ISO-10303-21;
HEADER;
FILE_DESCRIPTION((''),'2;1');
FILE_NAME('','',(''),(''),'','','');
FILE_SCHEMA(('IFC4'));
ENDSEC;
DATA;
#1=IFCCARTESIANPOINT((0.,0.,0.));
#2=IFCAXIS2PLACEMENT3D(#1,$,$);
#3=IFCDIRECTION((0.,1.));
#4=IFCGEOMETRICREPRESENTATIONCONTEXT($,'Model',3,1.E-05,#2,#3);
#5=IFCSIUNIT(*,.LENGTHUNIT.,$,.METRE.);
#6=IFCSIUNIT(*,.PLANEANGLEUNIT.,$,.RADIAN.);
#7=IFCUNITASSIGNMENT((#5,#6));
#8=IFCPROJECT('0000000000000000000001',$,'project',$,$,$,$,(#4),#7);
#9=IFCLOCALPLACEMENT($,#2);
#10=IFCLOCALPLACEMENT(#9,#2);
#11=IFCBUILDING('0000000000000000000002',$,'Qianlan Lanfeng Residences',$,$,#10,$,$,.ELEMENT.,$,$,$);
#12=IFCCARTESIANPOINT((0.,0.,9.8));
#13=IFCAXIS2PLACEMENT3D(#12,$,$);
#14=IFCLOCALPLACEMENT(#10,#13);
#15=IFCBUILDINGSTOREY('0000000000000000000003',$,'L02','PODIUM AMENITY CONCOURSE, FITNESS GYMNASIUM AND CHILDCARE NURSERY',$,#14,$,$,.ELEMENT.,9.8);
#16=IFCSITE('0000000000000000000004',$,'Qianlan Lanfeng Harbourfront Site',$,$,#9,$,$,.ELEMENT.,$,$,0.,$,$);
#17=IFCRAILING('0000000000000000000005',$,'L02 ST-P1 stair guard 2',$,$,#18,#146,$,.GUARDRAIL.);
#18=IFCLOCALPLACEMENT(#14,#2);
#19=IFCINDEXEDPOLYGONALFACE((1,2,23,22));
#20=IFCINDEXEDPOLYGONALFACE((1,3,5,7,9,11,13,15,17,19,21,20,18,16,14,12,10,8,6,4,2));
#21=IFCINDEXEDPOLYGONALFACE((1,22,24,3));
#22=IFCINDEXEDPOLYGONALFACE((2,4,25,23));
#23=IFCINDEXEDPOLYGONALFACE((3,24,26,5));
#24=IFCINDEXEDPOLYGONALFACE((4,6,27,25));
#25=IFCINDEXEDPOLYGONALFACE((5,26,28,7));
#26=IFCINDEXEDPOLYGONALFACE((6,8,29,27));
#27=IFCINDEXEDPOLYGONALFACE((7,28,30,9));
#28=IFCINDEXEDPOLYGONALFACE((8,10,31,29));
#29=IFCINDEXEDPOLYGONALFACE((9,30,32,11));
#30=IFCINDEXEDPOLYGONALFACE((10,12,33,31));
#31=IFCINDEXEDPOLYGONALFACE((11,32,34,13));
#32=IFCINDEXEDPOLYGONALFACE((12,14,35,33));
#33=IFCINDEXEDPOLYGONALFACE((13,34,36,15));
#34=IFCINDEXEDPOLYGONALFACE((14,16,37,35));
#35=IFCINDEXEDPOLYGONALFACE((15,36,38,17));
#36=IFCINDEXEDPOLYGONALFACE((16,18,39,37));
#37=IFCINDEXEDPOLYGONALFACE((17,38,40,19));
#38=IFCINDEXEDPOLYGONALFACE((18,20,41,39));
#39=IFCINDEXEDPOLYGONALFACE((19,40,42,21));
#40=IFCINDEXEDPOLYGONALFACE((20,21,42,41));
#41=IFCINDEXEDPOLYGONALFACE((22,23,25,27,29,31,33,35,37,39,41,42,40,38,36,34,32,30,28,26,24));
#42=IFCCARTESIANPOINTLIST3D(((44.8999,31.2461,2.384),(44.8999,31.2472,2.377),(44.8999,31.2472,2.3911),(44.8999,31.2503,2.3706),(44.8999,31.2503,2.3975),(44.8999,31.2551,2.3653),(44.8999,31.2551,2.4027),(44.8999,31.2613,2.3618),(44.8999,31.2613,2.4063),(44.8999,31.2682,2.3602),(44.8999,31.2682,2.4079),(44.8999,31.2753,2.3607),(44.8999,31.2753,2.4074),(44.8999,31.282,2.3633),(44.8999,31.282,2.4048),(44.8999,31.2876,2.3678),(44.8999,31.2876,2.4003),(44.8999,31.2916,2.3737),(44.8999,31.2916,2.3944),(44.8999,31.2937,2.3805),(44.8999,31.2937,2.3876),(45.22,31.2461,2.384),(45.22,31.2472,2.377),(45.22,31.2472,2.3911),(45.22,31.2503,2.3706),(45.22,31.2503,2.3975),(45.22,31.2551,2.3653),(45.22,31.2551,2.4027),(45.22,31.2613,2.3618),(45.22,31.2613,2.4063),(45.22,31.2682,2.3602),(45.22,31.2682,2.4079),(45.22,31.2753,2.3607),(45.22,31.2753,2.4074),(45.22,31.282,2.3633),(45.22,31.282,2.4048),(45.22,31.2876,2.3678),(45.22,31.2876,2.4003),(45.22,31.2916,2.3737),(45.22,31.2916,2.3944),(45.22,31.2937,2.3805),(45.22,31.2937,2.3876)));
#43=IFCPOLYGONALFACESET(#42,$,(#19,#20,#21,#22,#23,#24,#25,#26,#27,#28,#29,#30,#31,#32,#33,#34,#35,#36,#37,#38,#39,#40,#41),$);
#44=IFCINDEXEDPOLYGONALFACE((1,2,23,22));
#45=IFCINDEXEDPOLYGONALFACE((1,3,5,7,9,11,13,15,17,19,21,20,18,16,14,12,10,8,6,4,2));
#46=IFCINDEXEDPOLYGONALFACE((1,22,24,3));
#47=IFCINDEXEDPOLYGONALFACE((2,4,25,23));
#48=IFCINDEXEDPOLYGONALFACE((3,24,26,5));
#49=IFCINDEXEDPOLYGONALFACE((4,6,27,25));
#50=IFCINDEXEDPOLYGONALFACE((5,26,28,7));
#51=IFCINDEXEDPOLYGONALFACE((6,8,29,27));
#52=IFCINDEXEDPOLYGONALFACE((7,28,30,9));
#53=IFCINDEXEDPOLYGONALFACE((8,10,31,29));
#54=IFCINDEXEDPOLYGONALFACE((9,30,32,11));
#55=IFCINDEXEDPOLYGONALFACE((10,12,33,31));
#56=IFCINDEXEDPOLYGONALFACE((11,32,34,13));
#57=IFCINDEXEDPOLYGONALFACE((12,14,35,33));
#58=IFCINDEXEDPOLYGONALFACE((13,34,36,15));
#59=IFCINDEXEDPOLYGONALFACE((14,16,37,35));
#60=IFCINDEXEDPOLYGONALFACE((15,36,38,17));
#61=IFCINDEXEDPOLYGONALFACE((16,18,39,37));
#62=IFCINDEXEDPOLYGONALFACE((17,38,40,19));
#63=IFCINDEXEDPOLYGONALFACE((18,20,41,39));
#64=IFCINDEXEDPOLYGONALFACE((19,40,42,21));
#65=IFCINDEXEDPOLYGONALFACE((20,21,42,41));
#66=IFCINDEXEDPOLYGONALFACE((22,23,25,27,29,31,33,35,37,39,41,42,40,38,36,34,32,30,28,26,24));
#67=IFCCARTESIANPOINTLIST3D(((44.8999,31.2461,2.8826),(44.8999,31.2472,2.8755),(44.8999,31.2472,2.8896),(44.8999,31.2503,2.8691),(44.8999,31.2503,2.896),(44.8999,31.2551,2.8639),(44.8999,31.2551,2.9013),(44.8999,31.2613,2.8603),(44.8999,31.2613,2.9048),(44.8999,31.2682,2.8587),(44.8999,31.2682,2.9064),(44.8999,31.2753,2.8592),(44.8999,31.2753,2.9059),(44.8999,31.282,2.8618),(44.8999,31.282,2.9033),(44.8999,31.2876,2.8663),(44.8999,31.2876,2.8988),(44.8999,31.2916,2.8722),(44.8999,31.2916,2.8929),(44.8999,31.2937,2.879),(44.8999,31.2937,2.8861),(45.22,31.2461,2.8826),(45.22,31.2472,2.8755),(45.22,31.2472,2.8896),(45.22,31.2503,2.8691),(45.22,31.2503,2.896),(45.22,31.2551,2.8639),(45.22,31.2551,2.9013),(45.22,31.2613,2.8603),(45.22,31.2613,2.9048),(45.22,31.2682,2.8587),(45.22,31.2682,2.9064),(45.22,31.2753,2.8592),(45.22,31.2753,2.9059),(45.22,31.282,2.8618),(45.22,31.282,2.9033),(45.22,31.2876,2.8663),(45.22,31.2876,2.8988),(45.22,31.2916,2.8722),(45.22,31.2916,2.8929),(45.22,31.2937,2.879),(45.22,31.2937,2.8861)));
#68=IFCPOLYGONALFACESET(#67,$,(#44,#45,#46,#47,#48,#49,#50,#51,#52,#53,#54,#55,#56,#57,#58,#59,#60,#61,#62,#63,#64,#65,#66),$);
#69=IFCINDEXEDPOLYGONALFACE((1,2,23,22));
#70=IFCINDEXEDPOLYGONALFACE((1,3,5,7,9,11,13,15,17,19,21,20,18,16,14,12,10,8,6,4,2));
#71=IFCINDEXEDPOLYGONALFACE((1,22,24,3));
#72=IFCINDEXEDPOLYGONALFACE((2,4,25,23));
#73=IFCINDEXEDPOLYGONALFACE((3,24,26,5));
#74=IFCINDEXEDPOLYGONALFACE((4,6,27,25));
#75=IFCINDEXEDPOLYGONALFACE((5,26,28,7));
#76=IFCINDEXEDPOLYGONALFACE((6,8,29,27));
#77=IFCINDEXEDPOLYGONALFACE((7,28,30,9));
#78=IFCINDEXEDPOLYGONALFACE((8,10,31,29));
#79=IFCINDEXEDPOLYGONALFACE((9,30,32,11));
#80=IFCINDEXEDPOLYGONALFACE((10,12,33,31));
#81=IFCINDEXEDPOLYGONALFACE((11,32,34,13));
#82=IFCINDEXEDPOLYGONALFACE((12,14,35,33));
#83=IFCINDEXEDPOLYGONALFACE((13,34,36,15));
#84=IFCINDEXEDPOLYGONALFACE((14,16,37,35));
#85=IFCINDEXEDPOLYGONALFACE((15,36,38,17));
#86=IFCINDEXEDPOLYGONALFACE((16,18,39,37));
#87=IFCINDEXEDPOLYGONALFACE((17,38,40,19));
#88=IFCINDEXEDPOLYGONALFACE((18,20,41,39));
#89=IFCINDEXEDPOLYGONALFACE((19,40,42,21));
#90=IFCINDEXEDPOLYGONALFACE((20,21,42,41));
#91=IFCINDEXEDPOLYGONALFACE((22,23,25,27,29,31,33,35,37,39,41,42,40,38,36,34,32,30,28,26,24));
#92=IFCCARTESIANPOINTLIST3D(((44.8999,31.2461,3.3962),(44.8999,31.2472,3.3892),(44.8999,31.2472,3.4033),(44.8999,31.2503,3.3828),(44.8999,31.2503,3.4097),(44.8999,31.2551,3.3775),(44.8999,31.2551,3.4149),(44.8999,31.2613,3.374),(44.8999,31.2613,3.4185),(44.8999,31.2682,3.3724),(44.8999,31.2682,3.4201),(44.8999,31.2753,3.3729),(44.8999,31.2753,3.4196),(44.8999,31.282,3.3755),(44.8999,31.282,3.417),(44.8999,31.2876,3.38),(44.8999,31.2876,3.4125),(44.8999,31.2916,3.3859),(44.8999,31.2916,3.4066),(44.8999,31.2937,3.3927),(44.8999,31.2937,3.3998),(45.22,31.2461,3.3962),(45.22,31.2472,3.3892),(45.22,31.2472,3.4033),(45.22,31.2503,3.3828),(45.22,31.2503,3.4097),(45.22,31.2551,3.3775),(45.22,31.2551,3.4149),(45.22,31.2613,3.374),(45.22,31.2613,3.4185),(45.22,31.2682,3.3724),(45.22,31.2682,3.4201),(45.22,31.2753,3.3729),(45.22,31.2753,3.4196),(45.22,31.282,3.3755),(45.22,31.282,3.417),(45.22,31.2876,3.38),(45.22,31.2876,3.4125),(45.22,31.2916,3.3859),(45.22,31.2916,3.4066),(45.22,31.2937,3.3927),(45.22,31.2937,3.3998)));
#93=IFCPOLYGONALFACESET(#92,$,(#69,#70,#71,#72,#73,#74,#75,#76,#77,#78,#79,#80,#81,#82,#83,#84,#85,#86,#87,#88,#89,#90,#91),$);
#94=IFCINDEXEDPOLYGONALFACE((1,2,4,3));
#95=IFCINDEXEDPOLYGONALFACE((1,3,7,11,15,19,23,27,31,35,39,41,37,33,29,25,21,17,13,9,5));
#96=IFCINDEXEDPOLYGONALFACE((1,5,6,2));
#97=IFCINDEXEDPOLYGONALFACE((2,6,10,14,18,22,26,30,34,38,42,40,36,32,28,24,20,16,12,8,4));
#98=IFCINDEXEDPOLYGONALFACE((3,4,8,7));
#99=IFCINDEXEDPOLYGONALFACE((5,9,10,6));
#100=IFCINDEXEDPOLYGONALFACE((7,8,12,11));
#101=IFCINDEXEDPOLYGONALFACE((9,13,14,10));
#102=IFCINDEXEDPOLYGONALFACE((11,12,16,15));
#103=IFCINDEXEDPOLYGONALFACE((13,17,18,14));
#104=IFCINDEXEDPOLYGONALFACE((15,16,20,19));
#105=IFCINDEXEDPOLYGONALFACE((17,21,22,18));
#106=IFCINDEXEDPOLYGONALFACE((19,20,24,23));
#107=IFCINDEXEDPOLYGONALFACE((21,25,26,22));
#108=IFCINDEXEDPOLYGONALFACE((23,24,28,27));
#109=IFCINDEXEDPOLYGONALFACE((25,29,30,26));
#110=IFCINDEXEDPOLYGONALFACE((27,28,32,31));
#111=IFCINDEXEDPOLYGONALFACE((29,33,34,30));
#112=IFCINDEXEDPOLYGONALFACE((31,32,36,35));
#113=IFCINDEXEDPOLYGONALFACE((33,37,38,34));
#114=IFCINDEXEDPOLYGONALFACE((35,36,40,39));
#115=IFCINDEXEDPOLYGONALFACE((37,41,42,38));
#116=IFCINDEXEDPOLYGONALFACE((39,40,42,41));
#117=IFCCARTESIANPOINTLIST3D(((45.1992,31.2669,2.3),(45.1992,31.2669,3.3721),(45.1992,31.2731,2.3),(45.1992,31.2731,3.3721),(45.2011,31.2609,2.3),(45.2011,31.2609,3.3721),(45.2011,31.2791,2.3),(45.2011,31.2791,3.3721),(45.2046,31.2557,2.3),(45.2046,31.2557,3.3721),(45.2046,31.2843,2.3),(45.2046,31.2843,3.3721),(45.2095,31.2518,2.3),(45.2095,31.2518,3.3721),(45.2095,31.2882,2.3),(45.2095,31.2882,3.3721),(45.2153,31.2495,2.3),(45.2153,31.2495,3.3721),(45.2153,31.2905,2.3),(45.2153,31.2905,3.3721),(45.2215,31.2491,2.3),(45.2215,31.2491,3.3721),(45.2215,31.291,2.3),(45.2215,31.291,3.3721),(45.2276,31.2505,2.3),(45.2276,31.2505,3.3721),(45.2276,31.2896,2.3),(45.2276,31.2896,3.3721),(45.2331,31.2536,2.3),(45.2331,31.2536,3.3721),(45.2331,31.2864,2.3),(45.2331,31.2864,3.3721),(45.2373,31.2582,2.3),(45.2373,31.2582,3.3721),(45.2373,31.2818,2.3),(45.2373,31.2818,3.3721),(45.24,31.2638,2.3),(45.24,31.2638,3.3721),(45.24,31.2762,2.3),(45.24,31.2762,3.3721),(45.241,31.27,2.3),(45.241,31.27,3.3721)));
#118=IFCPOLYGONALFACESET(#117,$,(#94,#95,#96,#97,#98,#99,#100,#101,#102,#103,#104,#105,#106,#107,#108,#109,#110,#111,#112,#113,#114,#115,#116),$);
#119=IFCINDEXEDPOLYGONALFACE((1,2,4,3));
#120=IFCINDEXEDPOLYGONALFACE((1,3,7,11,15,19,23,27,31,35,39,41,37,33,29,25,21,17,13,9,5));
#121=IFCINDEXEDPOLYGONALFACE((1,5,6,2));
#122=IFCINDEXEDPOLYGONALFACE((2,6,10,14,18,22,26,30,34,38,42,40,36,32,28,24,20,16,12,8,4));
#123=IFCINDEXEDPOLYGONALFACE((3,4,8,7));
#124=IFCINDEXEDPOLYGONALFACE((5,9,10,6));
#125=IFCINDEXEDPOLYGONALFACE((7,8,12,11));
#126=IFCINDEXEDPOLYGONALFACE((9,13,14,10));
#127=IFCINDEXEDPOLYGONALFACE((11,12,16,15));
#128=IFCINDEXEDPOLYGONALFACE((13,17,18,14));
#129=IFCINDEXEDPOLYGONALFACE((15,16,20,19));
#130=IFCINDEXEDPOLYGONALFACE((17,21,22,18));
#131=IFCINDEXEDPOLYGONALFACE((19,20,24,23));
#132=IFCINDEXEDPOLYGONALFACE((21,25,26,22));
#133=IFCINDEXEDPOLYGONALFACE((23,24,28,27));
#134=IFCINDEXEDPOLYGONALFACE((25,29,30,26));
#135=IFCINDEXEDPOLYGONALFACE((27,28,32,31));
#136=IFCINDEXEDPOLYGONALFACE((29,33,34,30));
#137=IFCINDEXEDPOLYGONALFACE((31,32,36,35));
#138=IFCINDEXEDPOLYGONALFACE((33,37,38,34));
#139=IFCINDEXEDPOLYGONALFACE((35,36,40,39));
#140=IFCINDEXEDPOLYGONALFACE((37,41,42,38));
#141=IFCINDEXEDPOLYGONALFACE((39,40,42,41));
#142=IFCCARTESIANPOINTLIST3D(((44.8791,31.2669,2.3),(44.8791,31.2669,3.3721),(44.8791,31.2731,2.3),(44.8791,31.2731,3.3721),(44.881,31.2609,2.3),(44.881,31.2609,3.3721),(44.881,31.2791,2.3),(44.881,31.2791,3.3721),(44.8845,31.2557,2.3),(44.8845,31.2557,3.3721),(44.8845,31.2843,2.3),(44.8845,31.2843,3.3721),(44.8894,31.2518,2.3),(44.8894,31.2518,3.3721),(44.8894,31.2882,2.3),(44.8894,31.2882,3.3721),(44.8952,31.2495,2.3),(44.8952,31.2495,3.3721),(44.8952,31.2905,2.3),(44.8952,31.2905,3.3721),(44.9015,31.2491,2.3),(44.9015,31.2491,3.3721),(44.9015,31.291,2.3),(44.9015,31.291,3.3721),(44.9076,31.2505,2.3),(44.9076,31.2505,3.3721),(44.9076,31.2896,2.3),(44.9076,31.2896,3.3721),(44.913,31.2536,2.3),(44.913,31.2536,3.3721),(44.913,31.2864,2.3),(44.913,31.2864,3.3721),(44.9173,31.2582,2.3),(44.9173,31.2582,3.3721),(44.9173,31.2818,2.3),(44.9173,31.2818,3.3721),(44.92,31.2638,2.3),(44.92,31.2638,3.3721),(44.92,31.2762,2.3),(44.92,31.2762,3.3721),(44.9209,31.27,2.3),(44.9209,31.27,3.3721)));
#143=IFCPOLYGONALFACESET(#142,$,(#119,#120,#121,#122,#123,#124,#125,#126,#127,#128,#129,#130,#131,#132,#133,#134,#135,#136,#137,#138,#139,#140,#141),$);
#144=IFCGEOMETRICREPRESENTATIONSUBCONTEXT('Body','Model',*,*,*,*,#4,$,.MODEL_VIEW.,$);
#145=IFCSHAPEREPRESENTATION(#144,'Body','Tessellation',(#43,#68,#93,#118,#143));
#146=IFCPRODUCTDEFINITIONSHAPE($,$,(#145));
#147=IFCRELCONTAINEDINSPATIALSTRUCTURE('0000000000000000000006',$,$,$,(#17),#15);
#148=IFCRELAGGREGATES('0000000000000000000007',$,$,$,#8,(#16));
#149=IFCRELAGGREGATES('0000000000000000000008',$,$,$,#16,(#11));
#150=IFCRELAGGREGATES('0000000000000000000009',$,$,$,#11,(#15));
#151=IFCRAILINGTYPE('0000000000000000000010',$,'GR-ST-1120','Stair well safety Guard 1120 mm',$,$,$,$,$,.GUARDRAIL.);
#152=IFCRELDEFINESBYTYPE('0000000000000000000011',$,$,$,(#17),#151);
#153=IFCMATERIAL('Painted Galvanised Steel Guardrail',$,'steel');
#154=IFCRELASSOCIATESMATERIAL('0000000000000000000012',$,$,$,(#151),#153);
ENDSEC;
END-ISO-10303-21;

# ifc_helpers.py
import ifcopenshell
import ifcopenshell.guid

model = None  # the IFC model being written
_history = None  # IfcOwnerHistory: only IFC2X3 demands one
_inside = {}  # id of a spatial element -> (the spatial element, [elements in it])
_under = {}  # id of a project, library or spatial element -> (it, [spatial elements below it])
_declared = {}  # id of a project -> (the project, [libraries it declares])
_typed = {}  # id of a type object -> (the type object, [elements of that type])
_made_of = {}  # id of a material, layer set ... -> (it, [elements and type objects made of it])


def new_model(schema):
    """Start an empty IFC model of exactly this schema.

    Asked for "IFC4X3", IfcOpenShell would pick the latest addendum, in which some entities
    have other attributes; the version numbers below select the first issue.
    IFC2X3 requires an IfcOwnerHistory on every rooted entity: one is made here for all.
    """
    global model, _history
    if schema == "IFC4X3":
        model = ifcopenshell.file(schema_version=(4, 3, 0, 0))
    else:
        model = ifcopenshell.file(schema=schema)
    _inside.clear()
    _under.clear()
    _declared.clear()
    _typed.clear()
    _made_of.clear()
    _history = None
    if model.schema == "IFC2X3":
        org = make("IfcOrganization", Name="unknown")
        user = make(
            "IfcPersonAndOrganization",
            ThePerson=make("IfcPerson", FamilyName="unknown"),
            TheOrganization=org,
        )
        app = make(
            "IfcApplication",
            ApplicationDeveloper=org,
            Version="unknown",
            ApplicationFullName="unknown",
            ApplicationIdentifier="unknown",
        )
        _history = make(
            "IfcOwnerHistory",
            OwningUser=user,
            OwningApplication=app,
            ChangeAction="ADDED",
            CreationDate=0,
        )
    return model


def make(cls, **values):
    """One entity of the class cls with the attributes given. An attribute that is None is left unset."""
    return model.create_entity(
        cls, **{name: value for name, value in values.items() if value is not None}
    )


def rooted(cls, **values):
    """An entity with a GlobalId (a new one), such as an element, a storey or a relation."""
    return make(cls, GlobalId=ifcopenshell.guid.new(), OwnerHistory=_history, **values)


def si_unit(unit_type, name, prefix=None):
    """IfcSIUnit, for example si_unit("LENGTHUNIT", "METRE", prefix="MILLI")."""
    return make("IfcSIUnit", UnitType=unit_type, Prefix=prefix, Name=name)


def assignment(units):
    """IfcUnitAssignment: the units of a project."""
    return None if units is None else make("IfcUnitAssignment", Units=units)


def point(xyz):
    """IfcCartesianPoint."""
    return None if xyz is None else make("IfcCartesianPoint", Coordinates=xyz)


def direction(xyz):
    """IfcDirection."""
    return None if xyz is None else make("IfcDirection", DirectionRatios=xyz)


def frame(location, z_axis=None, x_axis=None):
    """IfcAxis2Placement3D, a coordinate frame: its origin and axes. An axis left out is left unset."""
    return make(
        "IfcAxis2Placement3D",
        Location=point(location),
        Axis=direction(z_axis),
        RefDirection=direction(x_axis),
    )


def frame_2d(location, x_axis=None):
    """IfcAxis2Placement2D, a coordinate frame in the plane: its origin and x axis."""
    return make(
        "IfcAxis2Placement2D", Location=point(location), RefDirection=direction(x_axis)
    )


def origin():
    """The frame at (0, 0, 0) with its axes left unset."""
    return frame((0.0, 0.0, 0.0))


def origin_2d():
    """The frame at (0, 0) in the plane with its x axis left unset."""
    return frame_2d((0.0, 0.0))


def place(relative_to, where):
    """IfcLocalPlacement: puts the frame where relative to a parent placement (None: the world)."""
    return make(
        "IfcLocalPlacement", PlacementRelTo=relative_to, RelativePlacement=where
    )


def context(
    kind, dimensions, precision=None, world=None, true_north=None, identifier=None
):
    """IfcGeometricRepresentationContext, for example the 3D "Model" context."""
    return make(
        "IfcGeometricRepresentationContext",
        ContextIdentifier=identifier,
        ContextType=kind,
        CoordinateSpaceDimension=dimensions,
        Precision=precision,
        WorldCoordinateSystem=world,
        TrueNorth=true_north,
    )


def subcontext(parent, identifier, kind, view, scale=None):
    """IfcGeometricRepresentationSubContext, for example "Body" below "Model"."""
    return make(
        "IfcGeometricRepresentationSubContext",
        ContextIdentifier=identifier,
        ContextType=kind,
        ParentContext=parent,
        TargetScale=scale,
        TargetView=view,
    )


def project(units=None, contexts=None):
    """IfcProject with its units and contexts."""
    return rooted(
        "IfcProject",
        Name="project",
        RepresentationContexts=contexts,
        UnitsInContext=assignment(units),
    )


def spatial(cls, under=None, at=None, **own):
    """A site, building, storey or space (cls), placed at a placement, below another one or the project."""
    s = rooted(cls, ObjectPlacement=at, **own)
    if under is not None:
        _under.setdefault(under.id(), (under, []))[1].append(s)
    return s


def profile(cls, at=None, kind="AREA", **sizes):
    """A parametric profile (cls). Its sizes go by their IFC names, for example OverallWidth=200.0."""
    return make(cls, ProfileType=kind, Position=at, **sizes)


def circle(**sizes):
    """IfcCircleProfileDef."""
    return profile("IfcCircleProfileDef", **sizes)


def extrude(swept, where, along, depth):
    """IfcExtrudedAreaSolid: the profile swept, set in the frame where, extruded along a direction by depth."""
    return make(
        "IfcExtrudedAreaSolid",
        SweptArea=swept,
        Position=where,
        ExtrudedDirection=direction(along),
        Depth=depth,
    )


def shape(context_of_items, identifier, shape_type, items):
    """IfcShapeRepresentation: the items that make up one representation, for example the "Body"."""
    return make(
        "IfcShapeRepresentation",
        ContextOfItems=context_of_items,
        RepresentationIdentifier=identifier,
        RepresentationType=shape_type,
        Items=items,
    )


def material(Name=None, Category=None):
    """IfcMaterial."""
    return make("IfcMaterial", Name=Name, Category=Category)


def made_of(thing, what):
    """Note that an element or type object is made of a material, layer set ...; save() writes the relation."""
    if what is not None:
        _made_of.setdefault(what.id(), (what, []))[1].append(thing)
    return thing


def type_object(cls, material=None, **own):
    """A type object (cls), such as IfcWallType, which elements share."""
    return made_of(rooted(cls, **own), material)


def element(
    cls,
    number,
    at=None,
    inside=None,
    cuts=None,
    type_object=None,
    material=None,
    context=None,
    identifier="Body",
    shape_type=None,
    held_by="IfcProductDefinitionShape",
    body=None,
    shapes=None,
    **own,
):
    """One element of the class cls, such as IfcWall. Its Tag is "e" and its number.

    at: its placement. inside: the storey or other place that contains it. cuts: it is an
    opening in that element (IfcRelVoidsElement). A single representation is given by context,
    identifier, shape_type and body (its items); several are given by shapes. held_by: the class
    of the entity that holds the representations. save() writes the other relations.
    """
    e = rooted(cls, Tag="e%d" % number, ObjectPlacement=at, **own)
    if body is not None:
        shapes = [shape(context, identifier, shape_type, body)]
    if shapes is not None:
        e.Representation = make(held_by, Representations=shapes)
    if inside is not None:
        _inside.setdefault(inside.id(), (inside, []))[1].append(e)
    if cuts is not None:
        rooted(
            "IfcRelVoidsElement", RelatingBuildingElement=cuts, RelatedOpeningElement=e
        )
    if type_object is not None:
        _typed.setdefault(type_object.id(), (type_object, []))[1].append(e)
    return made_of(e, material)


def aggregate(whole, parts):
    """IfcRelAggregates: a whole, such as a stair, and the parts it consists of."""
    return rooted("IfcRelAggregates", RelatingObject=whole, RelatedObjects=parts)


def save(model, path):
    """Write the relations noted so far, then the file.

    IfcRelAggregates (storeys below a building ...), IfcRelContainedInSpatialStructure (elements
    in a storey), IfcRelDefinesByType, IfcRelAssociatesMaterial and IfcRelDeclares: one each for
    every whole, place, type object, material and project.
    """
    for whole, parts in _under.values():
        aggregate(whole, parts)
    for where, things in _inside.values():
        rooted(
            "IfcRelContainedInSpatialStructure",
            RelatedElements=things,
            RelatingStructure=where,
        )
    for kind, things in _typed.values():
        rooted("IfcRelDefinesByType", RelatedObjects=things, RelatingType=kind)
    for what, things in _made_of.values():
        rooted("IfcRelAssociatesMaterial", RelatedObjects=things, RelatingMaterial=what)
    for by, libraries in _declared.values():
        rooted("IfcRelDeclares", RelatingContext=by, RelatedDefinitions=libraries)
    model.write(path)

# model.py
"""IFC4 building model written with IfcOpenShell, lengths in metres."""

from ifc_helpers import new_model, si_unit, direction, frame, origin, origin_2d, place, context, subcontext, project, spatial, circle, extrude, material, type_object, element, save


model = new_model("IFC4")

# Units and contexts
model_context = context("Model", 3, precision=1e-05, world=origin(), true_north=direction((0.0, 1.0)))
body_context = subcontext(model_context, "Body", "Model", "MODEL_VIEW")
ifc_project = project(units=[si_unit("LENGTHUNIT", "METRE"), si_unit("PLANEANGLEUNIT", "RADIAN")], contexts=[model_context])

# Site, building, storey
site_placement = place(None, origin())
site = spatial("IfcSite", under=ifc_project, at=site_placement, Name="Qianlan Lanfeng Harbourfront Site", CompositionType="ELEMENT", RefElevation=0.0)
building_placement = place(site_placement, origin())
building = spatial("IfcBuilding", under=site, at=building_placement, Name="Qianlan Lanfeng Residences", CompositionType="ELEMENT")
storey_placement = place(building_placement, frame((0.0, 0.0, 9.8)))
storey = spatial("IfcBuildingStorey", under=building, at=storey_placement, Name="L02", Description="PODIUM AMENITY CONCOURSE, FITNESS GYMNASIUM AND CHILDCARE NURSERY", CompositionType="ELEMENT", Elevation=9.8)

# Railing
ifc_material_1 = material(Name="Painted Galvanised Steel Guardrail", Category="steel")
railing_type_1 = type_object("IfcRailingType", Name="GR-ST-1120", Description="Stair well safety Guard 1120 mm", PredefinedType="GUARDRAIL", material=ifc_material_1)
railing_1_placement = place(storey_placement, frame((45.22, 31.27, 2.3)))
element("IfcRailing", 1, at=railing_1_placement, inside=storey, type_object=railing_type_1, Name="L02 ST-P1 stair guard 2", PredefinedType="GUARDRAIL", context=body_context, shape_type="SweptSolid", body=[
    extrude(circle(Radius=0.0239, at=origin_2d()), frame((0.0, 0.0, 0.084), z_axis=(-1.0, 0.0, 0.0), x_axis=(0.0, -1.0, 0.0)), (0.0, 0.0, 1.0), 0.3201),
    extrude(circle(Radius=0.0239, at=origin_2d()), frame((0.0, 0.0, 0.5825), z_axis=(-1.0, 0.0, 0.0), x_axis=(0.0, -1.0, 0.0)), (0.0, 0.0, 1.0), 0.3201),
    extrude(circle(Radius=0.0239, at=origin_2d()), frame((0.0, 0.0, 1.0962), z_axis=(-1.0, 0.0, 0.0), x_axis=(0.0, -1.0, 0.0)), (0.0, 0.0, 1.0), 0.3201),
    extrude(circle(Radius=0.021, at=origin_2d()), origin(), (0.0, 0.0, 1.0), 1.072),
    extrude(circle(Radius=0.021, at=origin_2d()), frame((-0.3201, 0.0, 0.0)), (0.0, 0.0, 1.0), 1.072),
])

save(model, "model.ifc")
